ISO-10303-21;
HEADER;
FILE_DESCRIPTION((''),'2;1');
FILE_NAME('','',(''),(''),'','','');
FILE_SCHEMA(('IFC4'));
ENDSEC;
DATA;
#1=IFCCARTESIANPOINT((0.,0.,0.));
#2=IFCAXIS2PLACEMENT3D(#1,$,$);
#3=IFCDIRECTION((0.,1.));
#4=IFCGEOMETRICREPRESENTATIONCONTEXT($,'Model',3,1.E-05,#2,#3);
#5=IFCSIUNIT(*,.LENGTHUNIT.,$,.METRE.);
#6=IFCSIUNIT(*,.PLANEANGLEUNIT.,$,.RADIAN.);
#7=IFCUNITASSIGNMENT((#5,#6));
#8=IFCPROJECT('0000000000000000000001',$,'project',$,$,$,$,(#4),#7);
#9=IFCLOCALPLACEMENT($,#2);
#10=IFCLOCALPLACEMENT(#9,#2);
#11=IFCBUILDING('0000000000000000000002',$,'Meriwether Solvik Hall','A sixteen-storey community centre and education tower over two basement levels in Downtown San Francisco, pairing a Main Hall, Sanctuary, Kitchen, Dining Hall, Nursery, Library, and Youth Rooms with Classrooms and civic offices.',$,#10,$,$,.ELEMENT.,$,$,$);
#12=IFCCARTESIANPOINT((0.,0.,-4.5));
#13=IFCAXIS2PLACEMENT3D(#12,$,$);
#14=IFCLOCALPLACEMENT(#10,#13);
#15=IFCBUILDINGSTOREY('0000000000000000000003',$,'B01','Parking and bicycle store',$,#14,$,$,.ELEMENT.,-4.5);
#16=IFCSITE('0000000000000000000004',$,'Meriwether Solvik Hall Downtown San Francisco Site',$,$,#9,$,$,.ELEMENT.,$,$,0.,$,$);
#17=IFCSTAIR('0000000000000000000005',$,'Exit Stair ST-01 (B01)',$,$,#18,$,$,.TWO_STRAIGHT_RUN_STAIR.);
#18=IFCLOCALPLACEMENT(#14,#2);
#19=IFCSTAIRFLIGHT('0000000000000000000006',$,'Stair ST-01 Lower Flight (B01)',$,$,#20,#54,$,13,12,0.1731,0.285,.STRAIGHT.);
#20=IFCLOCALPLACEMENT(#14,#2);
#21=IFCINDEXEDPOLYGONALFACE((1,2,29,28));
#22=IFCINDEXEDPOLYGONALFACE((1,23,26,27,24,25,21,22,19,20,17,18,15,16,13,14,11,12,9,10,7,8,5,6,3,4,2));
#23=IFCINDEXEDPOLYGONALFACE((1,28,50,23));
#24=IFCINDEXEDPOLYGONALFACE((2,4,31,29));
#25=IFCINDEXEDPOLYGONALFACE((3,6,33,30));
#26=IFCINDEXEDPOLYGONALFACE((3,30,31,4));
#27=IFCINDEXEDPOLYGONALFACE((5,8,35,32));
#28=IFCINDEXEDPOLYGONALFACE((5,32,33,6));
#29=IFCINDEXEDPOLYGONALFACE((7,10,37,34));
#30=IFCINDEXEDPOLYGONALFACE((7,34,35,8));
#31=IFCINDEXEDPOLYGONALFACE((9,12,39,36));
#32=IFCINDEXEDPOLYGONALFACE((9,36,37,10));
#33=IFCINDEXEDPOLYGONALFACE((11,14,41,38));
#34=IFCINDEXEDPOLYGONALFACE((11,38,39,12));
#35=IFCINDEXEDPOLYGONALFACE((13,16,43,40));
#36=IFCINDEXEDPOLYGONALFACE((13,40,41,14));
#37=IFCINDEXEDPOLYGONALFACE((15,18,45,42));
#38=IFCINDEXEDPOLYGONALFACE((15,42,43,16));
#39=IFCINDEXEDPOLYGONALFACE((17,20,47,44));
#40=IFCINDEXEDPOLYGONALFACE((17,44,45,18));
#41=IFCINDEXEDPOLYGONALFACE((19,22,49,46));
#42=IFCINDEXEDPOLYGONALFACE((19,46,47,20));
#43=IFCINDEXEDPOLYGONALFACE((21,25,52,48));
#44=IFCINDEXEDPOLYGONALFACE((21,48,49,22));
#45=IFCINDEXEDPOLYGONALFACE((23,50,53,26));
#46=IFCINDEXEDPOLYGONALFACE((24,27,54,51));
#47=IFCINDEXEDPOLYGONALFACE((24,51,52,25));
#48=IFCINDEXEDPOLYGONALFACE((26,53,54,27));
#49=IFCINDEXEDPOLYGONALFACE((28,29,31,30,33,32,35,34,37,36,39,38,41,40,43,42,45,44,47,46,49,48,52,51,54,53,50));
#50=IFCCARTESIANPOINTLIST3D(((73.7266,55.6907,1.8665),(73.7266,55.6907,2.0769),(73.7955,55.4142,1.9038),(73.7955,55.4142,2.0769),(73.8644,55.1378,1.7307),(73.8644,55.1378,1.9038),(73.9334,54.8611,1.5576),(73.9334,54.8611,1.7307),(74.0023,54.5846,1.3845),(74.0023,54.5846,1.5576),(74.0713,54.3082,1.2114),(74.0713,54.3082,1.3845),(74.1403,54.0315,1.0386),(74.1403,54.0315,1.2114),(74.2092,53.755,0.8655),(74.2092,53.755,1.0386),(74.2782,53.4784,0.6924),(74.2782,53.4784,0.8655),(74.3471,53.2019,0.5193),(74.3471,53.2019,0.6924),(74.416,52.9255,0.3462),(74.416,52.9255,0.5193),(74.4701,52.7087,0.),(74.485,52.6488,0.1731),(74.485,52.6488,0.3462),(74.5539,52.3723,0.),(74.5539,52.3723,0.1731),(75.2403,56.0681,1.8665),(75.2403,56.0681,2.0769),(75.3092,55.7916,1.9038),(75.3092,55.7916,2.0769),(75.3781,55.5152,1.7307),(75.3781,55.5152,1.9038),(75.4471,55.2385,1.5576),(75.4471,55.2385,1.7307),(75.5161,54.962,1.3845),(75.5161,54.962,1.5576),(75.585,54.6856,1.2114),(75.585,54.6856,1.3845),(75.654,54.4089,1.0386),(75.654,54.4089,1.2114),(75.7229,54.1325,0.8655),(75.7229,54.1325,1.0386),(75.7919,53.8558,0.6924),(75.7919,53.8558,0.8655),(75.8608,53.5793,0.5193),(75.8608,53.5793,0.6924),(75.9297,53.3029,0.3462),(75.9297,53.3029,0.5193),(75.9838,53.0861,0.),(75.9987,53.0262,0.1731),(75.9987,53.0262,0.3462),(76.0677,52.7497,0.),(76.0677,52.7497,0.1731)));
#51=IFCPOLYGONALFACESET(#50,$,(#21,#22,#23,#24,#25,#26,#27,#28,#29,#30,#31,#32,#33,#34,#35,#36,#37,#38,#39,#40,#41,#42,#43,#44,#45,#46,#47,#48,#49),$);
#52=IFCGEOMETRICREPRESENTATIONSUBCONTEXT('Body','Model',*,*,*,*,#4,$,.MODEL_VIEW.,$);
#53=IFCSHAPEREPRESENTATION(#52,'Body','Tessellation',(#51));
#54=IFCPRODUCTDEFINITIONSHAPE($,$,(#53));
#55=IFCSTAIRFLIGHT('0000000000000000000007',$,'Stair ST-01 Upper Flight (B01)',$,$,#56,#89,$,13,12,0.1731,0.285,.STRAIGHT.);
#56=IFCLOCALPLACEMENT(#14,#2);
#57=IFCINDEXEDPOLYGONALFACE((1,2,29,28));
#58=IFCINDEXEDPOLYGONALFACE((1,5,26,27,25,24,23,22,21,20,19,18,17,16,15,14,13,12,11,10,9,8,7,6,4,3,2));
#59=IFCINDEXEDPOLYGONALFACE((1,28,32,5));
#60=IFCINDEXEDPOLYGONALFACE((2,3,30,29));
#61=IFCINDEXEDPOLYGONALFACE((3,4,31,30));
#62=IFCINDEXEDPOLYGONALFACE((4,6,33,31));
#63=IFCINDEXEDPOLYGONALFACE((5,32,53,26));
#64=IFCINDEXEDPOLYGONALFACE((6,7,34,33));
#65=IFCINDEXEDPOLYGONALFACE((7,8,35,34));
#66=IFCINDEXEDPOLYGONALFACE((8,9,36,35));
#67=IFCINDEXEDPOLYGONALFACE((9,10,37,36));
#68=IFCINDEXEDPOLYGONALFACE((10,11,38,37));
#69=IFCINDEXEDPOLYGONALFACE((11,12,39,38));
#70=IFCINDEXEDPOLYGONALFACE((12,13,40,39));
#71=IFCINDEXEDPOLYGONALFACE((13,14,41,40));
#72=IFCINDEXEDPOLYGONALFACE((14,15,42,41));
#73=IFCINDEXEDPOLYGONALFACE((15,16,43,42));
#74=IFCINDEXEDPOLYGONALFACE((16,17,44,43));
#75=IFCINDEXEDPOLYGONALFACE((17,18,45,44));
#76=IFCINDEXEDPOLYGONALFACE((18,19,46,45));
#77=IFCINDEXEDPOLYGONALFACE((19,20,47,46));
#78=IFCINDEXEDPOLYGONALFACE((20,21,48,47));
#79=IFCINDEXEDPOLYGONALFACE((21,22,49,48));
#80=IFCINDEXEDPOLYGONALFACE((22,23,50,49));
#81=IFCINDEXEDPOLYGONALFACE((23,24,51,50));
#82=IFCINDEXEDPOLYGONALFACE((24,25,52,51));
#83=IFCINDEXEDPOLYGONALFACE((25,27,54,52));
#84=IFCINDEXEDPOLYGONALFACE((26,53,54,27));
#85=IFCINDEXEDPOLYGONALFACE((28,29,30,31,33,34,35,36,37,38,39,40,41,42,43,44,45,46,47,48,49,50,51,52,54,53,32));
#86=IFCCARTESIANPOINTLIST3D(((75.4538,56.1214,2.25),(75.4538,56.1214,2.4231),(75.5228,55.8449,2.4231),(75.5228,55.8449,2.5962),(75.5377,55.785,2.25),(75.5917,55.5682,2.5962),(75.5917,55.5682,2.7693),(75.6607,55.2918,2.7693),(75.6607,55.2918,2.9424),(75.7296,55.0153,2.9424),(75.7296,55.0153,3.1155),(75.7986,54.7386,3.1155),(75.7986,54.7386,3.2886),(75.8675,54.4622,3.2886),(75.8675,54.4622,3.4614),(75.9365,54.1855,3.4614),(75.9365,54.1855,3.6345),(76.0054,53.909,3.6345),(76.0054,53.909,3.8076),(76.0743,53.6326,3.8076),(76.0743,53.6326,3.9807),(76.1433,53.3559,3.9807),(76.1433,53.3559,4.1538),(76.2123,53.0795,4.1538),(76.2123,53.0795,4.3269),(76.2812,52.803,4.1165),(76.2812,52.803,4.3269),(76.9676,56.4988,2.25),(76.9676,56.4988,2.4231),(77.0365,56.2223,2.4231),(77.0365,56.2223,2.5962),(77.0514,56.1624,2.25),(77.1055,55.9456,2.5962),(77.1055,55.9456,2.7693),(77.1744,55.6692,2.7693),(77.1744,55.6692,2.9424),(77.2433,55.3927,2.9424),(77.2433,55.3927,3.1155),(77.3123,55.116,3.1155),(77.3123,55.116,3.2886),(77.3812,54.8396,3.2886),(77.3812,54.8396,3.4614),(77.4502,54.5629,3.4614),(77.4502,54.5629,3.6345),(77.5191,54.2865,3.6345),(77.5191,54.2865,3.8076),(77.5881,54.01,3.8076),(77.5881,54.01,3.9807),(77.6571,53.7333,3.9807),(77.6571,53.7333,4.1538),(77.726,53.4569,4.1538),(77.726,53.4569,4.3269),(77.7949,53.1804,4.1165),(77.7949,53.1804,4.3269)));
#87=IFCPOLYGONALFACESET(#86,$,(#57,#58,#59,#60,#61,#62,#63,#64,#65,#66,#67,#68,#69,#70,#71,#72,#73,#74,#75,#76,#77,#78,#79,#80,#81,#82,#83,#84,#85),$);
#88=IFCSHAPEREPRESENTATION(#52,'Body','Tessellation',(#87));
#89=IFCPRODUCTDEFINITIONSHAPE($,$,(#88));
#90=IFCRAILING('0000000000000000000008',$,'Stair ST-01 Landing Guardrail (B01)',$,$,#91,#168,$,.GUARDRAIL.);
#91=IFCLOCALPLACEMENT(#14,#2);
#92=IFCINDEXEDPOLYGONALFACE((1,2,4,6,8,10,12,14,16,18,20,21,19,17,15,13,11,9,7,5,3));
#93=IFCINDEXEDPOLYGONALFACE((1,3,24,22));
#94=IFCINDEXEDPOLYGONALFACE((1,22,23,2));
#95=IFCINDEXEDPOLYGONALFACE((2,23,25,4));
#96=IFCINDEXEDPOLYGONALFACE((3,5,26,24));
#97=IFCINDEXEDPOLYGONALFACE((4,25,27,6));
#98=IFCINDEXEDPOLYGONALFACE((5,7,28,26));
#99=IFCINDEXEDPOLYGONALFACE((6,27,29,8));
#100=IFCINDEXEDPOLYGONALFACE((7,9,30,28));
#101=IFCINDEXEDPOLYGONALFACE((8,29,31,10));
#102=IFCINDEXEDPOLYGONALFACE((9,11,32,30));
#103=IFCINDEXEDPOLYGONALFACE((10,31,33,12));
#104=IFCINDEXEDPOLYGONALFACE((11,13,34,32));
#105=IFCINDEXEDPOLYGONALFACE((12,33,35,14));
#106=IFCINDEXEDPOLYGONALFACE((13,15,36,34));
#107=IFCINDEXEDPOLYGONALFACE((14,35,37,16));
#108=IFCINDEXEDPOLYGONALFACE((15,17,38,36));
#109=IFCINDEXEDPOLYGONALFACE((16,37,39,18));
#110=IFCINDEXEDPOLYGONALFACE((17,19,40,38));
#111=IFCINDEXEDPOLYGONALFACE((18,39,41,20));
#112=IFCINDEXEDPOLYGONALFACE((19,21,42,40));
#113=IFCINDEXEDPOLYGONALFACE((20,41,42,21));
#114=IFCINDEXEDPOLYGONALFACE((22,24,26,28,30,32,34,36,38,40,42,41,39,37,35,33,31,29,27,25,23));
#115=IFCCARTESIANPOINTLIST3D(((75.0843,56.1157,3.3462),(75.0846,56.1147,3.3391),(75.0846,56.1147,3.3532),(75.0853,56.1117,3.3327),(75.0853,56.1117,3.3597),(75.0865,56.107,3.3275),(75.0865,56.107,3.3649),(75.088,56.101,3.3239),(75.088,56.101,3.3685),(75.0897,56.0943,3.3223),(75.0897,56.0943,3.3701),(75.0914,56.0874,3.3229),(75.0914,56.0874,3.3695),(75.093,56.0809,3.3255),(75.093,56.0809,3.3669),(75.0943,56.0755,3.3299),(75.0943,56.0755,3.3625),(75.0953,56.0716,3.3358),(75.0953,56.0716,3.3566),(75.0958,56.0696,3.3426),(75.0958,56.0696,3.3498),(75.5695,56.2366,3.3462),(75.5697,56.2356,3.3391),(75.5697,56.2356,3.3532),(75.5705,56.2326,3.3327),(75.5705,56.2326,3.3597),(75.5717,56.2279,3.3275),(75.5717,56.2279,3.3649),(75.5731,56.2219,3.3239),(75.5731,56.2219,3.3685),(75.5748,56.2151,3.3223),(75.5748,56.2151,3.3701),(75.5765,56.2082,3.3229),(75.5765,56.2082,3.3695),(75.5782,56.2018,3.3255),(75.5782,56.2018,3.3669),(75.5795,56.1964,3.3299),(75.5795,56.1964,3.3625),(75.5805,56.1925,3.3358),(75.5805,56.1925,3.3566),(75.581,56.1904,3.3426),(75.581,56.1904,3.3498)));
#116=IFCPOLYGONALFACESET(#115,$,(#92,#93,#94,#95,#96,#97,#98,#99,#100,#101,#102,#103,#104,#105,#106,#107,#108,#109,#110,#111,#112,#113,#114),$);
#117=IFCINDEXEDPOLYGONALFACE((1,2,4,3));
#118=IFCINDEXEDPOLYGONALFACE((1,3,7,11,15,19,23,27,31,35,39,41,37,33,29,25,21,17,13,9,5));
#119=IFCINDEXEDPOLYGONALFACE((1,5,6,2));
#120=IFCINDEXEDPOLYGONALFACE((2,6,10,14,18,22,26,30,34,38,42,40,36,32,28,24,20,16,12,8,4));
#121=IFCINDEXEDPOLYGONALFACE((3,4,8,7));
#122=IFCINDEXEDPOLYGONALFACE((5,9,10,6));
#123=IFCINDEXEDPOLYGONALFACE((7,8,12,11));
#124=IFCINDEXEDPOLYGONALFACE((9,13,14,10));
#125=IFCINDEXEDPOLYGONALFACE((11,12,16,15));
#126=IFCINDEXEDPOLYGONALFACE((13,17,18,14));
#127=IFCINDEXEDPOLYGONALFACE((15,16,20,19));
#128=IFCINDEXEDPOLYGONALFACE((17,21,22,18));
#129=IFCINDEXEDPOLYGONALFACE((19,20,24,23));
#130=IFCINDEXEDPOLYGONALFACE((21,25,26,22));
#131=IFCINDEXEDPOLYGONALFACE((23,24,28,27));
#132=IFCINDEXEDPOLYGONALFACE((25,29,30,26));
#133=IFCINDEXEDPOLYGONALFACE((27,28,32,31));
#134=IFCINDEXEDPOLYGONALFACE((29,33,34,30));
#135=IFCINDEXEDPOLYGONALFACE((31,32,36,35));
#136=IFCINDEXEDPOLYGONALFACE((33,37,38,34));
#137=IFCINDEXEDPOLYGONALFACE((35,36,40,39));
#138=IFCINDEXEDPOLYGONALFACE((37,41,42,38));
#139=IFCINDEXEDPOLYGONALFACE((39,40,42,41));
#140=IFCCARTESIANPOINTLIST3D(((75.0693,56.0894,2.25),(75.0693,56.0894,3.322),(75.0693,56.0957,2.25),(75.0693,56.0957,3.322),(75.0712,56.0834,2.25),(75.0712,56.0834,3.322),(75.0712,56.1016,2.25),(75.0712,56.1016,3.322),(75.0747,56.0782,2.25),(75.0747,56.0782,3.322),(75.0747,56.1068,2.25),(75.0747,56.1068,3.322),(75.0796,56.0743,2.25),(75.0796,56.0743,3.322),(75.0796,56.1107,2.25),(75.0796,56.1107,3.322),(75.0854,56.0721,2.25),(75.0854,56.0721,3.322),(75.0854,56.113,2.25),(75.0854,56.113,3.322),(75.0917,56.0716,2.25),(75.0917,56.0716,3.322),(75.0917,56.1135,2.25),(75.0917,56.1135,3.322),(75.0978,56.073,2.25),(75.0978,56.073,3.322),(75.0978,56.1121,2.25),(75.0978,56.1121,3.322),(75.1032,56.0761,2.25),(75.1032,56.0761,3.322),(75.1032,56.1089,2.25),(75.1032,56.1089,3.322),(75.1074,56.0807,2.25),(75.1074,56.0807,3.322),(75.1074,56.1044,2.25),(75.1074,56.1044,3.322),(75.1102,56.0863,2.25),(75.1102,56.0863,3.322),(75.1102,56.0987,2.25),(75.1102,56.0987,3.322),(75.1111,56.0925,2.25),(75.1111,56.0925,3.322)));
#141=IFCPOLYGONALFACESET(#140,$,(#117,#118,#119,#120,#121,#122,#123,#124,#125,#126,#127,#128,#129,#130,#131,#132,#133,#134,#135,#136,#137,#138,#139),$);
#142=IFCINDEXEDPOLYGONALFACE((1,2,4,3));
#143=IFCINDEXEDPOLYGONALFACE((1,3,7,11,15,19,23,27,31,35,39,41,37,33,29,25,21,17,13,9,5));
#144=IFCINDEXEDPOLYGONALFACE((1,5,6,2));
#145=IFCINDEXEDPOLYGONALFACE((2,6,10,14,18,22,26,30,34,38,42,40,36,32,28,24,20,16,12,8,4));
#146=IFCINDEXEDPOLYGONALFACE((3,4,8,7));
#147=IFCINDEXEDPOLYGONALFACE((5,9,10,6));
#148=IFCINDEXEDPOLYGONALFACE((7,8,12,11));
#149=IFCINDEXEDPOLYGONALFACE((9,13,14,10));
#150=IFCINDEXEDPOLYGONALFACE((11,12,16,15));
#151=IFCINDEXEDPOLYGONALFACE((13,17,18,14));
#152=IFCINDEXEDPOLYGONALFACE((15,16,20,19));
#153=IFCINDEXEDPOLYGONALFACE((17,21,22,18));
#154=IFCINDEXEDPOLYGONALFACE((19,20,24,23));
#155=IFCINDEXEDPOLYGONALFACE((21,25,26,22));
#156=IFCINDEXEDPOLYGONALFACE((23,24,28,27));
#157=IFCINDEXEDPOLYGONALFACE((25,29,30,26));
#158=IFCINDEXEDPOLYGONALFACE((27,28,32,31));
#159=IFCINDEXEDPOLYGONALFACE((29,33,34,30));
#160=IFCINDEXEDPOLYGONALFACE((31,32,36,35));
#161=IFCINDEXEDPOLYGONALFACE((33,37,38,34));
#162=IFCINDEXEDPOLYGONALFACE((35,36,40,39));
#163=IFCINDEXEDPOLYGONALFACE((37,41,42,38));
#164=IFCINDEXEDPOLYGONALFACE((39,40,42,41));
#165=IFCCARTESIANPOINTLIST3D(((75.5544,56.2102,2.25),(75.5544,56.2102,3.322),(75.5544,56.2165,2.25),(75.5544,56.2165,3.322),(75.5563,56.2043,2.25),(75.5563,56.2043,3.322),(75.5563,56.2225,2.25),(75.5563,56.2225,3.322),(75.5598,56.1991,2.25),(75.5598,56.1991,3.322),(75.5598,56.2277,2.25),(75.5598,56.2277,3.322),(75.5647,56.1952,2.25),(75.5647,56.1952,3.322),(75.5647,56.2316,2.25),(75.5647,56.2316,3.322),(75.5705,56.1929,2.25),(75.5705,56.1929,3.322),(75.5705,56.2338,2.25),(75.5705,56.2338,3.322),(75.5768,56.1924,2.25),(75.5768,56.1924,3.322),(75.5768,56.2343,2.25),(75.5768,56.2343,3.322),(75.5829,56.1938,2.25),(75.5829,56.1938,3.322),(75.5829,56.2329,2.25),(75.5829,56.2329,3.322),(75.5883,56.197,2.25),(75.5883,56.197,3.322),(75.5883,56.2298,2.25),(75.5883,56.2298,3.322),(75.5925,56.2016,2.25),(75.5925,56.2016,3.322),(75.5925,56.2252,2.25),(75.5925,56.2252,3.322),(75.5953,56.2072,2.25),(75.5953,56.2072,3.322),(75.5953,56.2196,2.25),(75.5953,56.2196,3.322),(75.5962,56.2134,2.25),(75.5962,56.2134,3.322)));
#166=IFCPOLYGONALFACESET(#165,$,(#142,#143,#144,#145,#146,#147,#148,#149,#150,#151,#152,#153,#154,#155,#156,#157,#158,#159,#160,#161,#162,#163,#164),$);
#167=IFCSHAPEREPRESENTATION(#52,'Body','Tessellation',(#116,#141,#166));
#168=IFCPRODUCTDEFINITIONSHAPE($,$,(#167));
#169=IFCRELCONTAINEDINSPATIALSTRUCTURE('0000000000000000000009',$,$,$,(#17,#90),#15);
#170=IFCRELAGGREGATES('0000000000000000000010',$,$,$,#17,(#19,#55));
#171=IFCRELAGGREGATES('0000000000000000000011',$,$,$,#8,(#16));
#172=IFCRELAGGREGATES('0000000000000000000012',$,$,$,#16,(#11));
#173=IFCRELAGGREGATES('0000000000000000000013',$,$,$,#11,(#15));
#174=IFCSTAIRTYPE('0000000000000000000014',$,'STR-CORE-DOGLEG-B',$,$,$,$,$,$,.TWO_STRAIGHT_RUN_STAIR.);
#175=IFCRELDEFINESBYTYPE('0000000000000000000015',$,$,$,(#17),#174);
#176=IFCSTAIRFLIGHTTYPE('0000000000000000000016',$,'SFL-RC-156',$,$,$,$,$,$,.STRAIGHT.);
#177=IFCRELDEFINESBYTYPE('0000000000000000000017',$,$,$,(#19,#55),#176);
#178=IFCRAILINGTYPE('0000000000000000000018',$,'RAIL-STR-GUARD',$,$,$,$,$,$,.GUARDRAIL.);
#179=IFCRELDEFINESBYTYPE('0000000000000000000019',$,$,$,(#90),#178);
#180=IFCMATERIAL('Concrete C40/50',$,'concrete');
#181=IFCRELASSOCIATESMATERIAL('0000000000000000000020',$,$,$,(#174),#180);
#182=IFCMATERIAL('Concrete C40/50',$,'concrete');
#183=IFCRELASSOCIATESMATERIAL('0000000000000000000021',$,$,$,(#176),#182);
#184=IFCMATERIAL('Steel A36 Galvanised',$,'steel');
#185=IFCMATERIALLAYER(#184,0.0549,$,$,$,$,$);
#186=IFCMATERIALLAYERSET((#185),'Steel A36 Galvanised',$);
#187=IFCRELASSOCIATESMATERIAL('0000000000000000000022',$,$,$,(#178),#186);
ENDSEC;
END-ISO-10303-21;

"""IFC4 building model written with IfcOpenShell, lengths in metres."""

from ifc_helpers import new_model, si_unit, direction, frame, origin, origin_2d, place, context, subcontext, project, spatial, polyline, circle, outline, extrude, material, layer, layer_set, type_object, element, aggregate, save


model = new_model("IFC4")

# Units and contexts
model_context = context("Model", 3, precision=1e-05, world=origin(), true_north=direction((0.0, 1.0)))
body_context = subcontext(model_context, "Body", "Model", "MODEL_VIEW")
ifc_project = project(units=[si_unit("LENGTHUNIT", "METRE"), si_unit("PLANEANGLEUNIT", "RADIAN")], contexts=[model_context])

# Site, building, storey
site_placement = place(None, origin())
site = spatial("IfcSite", under=ifc_project, at=site_placement, Name="Meriwether Solvik Hall Downtown San Francisco Site", CompositionType="ELEMENT", RefElevation=0.0)
building_placement = place(site_placement, origin())
building = spatial("IfcBuilding", under=site, at=building_placement, Name="Meriwether Solvik Hall", Description="A sixteen-storey community centre and education tower over two basement levels in Downtown San Francisco, pairing a Main Hall, Sanctuary, Kitchen, Dining Hall, Nursery, Library, and Youth Rooms with Classrooms and civic offices.", CompositionType="ELEMENT")
storey_placement = place(building_placement, frame((0.0, 0.0, -4.5)))
storey = spatial("IfcBuildingStorey", under=building, at=storey_placement, Name="B01", Description="Parking and bicycle store", CompositionType="ELEMENT", Elevation=-4.5)

# Stair, stair flights
ifc_material_1 = material(Name="Concrete C40/50", Category="concrete")
stair_type = type_object("IfcStairType", Name="STR-CORE-DOGLEG-B", PredefinedType="TWO_STRAIGHT_RUN_STAIR", material=ifc_material_1)
stair_placement = place(storey_placement, origin())
stair = element("IfcStair", 1, at=stair_placement, inside=storey, type_object=stair_type, Name="Exit Stair ST-01 (B01)", PredefinedType="TWO_STRAIGHT_RUN_STAIR")
ifc_material_2 = material(Name="Concrete C40/50", Category="concrete")
stair_flight_type = type_object("IfcStairFlightType", Name="SFL-RC-156", PredefinedType="STRAIGHT", material=ifc_material_2)
stair_flight_1_placement = place(storey_placement, frame((75.3108, 52.561, 0.0), z_axis=(0.0, 0.0, 1.0), x_axis=(-0.241922, 0.970296, 0.0)))
stair_flight_1 = element("IfcStairFlight", 2, at=stair_flight_1_placement, type_object=stair_flight_type, Name="Stair ST-01 Lower Flight (B01)", NumberOfRisers=13, NumberOfTreads=12, PredefinedType="STRAIGHT", RiserHeight=0.1731, TreadLength=0.285, context=body_context, shape_type="SweptSolid", body=[
    extrude(outline(polyline([(0.0, 0.0), (0.0, 0.1731), (0.2849, 0.1731), (0.2849, 0.3462), (0.5701, 0.3462), (0.5701, 0.5193), (0.855, 0.5193), (0.855, 0.6924), (1.1399, 0.6924), (1.1399, 0.8655), (1.425, 0.8655), (1.425, 1.0386), (1.71, 1.0386), (1.71, 1.2114), (1.9951, 1.2114), (1.9951, 1.3845), (2.28, 1.3845), (2.28, 1.5576), (2.5649, 1.5576), (2.5649, 1.7307), (2.8501, 1.7307), (2.8501, 1.9038), (3.135, 1.9038), (3.135, 2.0769), (3.4199, 2.0769), (3.4199, 2.25), (3.4199, 1.8665), (0.3467, 0.0), (0.0, 0.0)])), frame((0.0, 0.78, 0.0), z_axis=(0.0, -1.0, 0.0), x_axis=(1.0, 0.0, 0.0)), (0.0, 0.0, 1.0), 1.5601),
])
stair_flight_2_placement = place(storey_placement, frame((76.2107, 56.3101, 2.25), z_axis=(0.0, 0.0, 1.0), x_axis=(0.241922, -0.970296, 0.0)))
stair_flight_2 = element("IfcStairFlight", 3, at=stair_flight_2_placement, type_object=stair_flight_type, Name="Stair ST-01 Upper Flight (B01)", NumberOfRisers=13, NumberOfTreads=12, PredefinedType="STRAIGHT", RiserHeight=0.1731, TreadLength=0.285, context=body_context, shape_type="SweptSolid", body=[
    extrude(outline(polyline([(0.0, 0.0), (0.0, 0.1731), (0.2849, 0.1731), (0.2849, 0.3462), (0.5701, 0.3462), (0.5701, 0.5193), (0.855, 0.5193), (0.855, 0.6924), (1.1399, 0.6924), (1.1399, 0.8655), (1.425, 0.8655), (1.425, 1.0386), (1.71, 1.0386), (1.71, 1.2114), (1.9951, 1.2114), (1.9951, 1.3845), (2.28, 1.3845), (2.28, 1.5576), (2.5649, 1.5576), (2.5649, 1.7307), (2.8501, 1.7307), (2.8501, 1.9038), (3.135, 1.9038), (3.135, 2.0769), (3.4199, 2.0769), (3.4199, 2.25), (3.4199, 1.8665), (0.3467, 0.0), (0.0, 0.0)])), frame((0.0, 0.78, 0.0), z_axis=(0.0, -1.0, 0.0), x_axis=(1.0, 0.0, 0.0)), (0.0, 0.0, 1.0), 1.5601),
])
aggregate(stair, [stair_flight_1, stair_flight_2])

# Railing
ifc_material_3 = material(Name="Steel A36 Galvanised", Category="steel")
ifc_layer_1 = layer(ifc_material_3, 0.0549)
ifc_layer_set_1 = layer_set([ifc_layer_1], Name="Steel A36 Galvanised")
railing_type_1 = type_object("IfcRailingType", Name="RAIL-STR-GUARD", PredefinedType="GUARDRAIL", material=ifc_layer_set_1)
railing_1_placement = place(storey_placement, frame((75.0901, 56.0925, 2.25)))
element("IfcRailing", 4, at=railing_1_placement, inside=storey, type_object=railing_type_1, Name="Stair ST-01 Landing Guardrail (B01)", PredefinedType="GUARDRAIL", context=body_context, shape_type="SweptSolid", body=[
    extrude(circle(Radius=0.0239, at=origin_2d()), frame((0.0, 0.0, 1.0962), z_axis=(0.970343, 0.241731, 0.0), x_axis=(-0.241731, 0.970343, 0.0)), (0.0, 0.0, 1.0), 0.5),
    extrude(circle(Radius=0.021, at=origin_2d()), origin(), (0.0, 0.0, 1.0), 1.072),
    extrude(circle(Radius=0.021, at=origin_2d()), frame((0.4851, 0.1208, 0.0)), (0.0, 0.0, 1.0), 1.072),
])

save(model, "model.ifc")
